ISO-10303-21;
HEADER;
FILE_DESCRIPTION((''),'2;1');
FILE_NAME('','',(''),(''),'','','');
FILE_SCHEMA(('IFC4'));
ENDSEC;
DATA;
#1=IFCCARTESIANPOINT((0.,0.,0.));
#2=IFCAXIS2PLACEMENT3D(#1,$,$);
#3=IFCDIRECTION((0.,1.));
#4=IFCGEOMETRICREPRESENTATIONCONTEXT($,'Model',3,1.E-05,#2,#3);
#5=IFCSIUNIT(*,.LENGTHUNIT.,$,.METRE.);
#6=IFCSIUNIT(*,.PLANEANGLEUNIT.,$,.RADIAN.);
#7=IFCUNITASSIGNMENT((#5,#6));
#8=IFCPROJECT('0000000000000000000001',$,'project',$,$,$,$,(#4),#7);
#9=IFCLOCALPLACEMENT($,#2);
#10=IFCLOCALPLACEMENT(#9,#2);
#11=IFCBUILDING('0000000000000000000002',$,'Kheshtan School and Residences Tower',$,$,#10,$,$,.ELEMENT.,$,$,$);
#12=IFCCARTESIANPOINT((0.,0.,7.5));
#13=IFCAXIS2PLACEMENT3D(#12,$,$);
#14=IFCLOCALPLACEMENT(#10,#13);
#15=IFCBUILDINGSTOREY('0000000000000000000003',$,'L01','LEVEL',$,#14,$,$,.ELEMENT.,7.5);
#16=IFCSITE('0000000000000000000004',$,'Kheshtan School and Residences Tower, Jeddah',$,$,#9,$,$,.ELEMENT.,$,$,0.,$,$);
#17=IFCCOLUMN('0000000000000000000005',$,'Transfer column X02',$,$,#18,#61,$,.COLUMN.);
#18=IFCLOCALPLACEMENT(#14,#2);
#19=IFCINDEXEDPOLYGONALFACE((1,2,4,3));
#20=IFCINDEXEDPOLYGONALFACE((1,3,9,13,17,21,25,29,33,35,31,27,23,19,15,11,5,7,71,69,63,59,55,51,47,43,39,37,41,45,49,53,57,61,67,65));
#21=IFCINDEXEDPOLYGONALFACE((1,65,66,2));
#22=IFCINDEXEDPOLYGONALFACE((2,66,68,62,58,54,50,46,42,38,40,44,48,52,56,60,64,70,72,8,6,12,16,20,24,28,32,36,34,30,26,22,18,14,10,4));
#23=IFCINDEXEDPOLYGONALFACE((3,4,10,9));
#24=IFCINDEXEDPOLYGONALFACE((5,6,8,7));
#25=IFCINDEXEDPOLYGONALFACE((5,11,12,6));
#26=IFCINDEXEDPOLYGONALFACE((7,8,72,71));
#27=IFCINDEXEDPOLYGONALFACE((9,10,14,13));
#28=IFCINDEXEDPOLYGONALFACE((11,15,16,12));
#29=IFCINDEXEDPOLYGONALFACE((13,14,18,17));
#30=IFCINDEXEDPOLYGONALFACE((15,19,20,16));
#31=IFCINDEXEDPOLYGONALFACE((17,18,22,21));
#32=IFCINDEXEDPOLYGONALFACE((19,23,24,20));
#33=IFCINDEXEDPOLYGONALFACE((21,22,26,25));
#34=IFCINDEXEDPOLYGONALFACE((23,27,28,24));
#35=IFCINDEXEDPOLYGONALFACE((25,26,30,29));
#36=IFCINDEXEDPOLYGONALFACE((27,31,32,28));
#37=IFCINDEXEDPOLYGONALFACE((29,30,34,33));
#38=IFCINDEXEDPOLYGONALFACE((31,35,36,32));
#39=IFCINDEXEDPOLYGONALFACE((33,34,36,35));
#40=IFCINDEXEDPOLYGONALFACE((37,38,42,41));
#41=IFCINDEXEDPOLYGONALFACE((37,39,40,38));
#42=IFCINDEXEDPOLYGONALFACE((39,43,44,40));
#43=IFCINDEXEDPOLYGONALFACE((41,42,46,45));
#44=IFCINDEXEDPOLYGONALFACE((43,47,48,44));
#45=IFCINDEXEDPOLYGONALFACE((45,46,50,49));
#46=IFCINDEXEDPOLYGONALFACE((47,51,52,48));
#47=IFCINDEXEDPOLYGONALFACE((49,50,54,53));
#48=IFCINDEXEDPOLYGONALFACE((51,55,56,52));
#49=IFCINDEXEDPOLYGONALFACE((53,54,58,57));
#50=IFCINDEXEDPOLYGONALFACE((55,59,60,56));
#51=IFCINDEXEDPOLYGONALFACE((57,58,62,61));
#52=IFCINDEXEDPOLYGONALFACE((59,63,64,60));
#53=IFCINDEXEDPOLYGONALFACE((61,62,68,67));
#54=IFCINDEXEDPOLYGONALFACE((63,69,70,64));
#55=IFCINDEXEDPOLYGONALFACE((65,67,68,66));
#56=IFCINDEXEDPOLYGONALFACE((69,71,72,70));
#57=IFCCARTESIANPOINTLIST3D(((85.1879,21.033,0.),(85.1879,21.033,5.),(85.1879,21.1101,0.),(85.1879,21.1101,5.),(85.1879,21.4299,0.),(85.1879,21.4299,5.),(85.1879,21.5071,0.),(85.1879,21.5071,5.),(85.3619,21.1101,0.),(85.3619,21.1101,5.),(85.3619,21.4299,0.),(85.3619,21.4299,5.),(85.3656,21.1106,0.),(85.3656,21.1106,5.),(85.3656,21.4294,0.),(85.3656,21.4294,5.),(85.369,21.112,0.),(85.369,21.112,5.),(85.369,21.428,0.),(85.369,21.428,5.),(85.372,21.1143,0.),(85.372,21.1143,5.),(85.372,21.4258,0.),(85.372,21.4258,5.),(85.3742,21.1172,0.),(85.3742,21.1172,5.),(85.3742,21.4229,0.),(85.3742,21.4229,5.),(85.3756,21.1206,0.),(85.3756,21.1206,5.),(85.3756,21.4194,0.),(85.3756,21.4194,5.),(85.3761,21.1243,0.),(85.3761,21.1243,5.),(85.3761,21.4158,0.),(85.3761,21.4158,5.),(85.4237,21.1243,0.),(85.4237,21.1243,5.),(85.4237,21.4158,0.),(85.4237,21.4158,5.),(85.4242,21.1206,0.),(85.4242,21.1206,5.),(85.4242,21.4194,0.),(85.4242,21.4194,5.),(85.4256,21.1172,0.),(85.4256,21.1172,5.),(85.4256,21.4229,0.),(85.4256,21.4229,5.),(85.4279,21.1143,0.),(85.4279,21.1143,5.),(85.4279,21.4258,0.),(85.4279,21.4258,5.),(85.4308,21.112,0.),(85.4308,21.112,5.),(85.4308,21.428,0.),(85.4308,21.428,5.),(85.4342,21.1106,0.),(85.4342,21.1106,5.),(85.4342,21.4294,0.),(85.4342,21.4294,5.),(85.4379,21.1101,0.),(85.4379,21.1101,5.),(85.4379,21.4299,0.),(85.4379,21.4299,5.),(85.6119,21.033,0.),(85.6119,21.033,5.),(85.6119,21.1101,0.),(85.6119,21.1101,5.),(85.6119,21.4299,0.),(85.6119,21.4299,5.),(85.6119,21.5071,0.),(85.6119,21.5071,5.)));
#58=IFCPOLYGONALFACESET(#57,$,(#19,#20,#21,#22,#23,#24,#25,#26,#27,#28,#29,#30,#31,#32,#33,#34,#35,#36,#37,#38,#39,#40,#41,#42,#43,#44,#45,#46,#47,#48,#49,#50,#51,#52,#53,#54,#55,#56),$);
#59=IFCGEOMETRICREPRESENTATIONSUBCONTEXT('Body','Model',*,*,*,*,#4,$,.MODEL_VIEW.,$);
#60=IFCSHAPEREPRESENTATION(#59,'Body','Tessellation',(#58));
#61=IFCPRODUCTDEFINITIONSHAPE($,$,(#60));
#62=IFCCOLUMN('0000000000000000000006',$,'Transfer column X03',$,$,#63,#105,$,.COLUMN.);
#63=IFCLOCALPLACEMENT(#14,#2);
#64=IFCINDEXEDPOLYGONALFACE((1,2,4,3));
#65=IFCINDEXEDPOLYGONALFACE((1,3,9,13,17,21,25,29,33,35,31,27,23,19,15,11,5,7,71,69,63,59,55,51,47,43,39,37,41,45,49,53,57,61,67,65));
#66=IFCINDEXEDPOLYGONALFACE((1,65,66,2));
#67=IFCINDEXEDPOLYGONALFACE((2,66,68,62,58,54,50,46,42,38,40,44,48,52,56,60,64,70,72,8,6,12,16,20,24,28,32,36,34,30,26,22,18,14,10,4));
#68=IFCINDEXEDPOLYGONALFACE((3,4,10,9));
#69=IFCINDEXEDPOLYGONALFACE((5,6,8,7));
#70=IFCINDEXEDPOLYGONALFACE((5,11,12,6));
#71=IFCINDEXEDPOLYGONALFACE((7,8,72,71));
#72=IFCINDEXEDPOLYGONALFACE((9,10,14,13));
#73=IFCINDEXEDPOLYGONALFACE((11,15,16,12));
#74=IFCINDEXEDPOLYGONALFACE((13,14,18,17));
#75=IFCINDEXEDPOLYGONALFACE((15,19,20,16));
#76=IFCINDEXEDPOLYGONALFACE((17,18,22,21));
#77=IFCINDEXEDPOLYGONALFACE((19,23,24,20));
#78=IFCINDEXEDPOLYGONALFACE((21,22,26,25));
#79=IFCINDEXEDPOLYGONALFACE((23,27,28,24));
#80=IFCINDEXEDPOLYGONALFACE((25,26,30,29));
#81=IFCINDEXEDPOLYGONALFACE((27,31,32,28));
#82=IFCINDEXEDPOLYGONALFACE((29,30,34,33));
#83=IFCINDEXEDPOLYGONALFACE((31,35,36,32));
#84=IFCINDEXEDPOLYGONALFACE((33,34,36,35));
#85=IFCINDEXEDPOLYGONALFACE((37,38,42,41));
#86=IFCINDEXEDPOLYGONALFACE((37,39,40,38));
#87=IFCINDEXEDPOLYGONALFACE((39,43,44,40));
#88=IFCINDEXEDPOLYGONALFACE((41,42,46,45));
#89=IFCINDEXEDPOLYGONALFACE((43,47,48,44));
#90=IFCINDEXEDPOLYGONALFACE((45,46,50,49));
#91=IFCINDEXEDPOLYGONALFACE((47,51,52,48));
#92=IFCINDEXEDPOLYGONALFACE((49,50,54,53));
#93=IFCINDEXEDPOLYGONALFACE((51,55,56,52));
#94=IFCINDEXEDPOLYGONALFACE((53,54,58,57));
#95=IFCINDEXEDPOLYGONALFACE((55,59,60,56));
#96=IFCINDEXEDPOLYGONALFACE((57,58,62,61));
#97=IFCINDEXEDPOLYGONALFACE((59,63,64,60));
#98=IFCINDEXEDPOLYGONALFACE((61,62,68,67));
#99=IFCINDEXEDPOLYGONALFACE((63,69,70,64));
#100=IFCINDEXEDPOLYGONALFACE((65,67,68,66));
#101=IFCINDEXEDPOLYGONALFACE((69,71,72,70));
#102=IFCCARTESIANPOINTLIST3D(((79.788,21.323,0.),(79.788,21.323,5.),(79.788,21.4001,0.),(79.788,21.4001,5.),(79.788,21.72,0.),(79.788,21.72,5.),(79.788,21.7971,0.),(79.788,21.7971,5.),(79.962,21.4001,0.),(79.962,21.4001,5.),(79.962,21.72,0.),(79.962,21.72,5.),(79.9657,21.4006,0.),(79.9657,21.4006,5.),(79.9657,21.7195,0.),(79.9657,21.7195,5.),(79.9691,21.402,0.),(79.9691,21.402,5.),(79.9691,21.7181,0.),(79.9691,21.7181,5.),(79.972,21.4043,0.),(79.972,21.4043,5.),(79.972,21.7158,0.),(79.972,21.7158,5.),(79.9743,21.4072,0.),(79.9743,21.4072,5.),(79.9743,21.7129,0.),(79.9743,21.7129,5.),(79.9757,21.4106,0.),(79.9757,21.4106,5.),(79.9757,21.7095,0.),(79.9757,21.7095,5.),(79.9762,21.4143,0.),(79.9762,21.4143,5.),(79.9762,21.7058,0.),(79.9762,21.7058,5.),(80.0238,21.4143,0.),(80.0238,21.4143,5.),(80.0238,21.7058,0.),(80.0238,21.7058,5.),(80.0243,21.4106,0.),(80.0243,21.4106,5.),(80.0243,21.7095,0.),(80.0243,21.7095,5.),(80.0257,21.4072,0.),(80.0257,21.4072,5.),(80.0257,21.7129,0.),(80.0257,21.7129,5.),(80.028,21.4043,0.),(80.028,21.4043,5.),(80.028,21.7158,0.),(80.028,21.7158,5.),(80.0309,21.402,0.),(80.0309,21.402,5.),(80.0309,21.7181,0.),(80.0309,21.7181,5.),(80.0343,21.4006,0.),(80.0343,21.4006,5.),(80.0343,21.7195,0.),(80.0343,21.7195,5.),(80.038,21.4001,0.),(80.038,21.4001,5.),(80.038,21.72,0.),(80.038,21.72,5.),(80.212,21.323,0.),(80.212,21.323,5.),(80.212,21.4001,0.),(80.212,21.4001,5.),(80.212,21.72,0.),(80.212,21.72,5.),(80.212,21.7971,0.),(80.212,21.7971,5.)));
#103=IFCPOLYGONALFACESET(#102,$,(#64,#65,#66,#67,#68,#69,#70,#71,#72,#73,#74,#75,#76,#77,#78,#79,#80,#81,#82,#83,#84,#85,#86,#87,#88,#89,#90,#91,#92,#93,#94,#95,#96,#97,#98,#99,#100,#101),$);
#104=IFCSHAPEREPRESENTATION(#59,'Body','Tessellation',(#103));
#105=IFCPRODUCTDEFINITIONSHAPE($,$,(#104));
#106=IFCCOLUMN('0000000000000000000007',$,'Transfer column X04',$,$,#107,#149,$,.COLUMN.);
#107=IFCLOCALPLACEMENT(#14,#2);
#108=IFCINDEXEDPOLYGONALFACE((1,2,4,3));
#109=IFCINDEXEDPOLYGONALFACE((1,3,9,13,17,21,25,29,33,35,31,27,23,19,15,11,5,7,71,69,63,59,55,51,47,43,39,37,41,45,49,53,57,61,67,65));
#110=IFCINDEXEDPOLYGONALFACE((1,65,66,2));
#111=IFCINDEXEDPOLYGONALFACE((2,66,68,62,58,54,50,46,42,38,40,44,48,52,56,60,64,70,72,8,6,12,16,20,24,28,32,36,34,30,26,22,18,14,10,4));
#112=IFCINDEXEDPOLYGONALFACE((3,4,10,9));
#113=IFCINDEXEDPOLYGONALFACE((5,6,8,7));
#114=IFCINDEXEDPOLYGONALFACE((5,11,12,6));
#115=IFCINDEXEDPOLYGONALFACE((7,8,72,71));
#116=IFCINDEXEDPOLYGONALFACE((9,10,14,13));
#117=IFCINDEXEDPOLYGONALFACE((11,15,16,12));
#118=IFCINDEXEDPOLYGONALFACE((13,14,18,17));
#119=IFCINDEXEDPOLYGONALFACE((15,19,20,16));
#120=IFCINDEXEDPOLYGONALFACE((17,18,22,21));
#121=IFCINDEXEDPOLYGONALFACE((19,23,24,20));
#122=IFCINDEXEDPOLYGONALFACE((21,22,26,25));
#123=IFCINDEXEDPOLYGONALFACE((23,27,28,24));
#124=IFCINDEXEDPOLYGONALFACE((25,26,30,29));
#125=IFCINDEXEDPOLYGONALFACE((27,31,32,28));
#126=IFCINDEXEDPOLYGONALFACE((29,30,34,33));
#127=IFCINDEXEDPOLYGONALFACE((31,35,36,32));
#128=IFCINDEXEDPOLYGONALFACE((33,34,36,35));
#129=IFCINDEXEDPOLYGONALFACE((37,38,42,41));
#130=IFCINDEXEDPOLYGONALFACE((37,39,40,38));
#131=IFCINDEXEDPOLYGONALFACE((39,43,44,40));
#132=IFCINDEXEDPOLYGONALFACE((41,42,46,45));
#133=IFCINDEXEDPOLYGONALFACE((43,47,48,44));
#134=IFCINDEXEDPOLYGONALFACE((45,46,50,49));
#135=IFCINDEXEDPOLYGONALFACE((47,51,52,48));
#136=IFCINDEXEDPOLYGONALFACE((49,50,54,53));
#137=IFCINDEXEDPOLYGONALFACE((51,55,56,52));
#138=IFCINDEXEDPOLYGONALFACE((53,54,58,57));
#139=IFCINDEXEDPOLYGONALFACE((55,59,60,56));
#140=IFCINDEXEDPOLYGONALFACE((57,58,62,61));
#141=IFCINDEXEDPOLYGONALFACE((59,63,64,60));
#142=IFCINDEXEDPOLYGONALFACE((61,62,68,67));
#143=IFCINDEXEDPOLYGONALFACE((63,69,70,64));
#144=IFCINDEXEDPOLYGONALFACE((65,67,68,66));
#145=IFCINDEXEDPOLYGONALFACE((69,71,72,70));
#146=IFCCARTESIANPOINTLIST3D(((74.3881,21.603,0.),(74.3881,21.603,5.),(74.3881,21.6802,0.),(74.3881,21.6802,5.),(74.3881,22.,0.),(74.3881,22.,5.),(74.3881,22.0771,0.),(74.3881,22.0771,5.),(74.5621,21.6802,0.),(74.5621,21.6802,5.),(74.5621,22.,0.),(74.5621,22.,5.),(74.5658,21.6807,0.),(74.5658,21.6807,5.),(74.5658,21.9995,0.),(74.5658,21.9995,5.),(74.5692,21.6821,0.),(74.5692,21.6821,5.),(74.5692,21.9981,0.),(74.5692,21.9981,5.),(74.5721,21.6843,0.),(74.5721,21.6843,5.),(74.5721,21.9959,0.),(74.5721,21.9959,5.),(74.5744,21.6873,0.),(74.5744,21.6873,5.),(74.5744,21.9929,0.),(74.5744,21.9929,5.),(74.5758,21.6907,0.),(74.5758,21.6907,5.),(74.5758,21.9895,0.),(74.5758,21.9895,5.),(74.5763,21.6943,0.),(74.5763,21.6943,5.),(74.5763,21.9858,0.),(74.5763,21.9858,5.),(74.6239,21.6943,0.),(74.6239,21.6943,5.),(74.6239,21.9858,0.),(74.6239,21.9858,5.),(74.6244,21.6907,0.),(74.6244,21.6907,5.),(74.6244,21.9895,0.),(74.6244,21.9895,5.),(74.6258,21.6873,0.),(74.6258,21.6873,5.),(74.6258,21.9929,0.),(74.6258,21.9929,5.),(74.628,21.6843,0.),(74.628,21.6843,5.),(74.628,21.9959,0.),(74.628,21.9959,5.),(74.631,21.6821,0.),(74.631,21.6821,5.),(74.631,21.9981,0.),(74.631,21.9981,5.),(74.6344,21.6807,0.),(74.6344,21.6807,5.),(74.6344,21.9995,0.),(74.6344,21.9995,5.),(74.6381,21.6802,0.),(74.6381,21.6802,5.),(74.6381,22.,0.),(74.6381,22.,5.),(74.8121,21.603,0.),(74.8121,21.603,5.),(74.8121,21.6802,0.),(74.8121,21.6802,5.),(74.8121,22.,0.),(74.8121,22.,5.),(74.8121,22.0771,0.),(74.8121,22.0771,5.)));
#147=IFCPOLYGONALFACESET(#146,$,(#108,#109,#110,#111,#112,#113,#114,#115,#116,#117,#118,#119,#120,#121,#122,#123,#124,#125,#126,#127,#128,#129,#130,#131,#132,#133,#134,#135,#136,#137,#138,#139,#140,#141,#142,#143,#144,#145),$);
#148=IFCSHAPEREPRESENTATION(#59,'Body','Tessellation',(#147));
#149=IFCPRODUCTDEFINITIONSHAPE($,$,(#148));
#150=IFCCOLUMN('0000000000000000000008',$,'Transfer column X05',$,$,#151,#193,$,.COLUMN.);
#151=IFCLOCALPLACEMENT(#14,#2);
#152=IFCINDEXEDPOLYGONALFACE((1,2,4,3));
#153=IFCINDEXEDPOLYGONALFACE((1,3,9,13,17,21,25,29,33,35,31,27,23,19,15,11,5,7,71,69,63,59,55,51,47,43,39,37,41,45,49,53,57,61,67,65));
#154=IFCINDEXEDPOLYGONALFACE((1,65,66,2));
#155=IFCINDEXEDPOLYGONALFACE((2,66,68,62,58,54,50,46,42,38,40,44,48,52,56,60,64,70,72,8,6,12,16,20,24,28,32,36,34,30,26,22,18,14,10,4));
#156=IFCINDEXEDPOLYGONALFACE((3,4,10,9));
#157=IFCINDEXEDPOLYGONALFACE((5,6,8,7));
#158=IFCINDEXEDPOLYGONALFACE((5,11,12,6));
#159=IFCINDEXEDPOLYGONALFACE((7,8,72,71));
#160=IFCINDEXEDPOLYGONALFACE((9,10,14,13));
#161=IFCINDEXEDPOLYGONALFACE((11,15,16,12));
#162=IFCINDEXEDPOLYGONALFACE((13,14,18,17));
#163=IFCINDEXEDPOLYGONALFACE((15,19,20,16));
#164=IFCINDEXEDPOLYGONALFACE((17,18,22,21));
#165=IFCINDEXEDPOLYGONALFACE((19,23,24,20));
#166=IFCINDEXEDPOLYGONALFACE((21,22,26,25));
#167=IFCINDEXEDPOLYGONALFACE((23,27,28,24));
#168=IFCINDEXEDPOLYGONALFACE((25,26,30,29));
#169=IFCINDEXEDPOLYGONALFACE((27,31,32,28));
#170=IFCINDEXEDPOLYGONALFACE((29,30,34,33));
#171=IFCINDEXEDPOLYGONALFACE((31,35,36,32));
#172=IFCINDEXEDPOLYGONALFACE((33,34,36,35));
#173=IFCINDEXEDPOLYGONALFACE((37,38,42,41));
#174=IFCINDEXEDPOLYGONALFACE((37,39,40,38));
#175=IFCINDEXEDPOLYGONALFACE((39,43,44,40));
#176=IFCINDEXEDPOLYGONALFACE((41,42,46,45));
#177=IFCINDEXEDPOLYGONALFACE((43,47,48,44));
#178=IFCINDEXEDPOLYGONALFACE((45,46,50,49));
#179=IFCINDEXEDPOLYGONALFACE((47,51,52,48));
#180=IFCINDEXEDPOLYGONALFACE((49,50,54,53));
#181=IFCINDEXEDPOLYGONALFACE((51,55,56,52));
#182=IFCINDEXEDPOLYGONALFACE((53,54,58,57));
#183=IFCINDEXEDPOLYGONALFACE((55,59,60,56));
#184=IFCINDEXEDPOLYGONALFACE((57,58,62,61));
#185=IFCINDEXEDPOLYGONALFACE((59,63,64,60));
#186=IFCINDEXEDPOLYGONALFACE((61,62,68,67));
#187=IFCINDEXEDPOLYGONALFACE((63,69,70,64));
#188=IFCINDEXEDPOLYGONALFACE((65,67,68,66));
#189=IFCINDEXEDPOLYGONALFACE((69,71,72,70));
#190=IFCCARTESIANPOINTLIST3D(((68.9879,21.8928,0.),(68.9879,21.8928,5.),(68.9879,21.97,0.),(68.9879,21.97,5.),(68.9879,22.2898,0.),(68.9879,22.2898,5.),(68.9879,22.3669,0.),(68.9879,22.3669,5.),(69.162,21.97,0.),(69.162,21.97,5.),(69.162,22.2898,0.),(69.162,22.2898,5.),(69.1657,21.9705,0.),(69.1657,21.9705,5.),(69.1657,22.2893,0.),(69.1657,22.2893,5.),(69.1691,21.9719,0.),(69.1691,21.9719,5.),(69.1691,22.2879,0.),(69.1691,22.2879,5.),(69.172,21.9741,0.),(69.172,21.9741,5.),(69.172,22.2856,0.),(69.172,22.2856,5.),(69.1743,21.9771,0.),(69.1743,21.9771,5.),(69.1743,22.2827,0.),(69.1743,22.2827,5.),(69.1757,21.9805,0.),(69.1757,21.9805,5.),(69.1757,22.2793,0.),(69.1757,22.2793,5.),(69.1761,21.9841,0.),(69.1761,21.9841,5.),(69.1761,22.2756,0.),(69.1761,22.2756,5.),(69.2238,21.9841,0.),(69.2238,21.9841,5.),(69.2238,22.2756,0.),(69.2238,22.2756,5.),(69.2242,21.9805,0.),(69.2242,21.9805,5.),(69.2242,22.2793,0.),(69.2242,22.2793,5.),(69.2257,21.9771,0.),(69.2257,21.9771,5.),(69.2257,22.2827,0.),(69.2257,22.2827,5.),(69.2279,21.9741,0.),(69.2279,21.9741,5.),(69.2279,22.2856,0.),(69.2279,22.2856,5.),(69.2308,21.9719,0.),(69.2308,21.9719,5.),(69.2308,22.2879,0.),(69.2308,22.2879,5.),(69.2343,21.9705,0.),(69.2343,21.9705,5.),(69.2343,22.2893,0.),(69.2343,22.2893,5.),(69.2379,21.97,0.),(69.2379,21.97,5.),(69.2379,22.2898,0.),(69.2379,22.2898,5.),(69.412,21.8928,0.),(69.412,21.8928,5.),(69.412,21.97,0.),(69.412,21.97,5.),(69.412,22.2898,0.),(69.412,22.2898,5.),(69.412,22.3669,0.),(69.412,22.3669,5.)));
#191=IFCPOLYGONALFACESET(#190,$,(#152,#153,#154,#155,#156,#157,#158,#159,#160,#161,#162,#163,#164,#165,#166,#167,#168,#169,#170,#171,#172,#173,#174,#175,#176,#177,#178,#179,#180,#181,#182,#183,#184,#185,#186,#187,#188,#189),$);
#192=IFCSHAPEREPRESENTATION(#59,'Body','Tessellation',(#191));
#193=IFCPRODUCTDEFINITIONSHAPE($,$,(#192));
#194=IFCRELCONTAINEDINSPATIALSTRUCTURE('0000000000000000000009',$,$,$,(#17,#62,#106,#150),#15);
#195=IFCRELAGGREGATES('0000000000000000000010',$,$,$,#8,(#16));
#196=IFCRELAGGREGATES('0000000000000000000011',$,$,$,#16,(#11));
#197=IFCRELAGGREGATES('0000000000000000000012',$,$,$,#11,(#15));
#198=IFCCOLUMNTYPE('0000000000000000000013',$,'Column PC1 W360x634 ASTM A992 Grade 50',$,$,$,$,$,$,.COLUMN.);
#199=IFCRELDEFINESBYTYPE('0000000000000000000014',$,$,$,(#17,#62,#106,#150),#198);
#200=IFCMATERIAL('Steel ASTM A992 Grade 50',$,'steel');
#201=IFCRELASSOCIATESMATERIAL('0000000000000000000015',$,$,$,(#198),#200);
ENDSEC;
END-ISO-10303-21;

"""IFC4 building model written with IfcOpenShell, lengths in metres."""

from ifc_helpers import new_model, si_unit, direction, frame, origin, origin_2d, place, context, subcontext, project, spatial, i_section, extrude, material, material_profile, profile_set, type_object, element, save


model = new_model("IFC4")

# Units and contexts
model_context = context("Model", 3, precision=1e-05, world=origin(), true_north=direction((0.0, 1.0)))
body_context = subcontext(model_context, "Body", "Model", "MODEL_VIEW")
ifc_project = project(units=[si_unit("LENGTHUNIT", "METRE"), si_unit("PLANEANGLEUNIT", "RADIAN")], contexts=[model_context])

# Site, building, storey
site_placement = place(None, origin())
site = spatial("IfcSite", under=ifc_project, at=site_placement, Name="Kheshtan School and Residences Tower, Jeddah", CompositionType="ELEMENT", RefElevation=0.0)
building_placement = place(site_placement, origin())
building = spatial("IfcBuilding", under=site, at=building_placement, Name="Kheshtan School and Residences Tower", CompositionType="ELEMENT")
storey_placement = place(building_placement, frame((0.0, 0.0, 7.5)))
storey = spatial("IfcBuildingStorey", under=building, at=storey_placement, Name="L01", Description="LEVEL", CompositionType="ELEMENT", Elevation=7.5)

# Columns
ifc_material_1 = material(Name="Steel ASTM A992 Grade 50", Category="steel")
ifc_material_profile_1 = material_profile(ifc_material_1, i_section(OverallWidth=0.4241, OverallDepth=0.4741, WebThickness=0.0476, FlangeThickness=0.0771, FilletRadius=0.0142, at=origin_2d()), Name="W360x634")
ifc_profile_set_1 = profile_set([ifc_material_profile_1], Name="Steel ASTM A992 Grade 50")
column_type = type_object("IfcColumnType", Name="Column PC1 W360x634 ASTM A992 Grade 50", PredefinedType="COLUMN", material=ifc_profile_set_1)
for number, where, z_axis, x_axis, name in (
    (1, (85.3999, 21.27, 0.0), (0.0, 0.0, 1.0), (1.0, 0.0, 0.0), "Transfer column X02"),
    (2, (80.0, 21.5601, 0.0), (0.0, 0.0, 1.0), (1.0, 0.0, 0.0), "Transfer column X03"),
    (3, (74.6001, 21.8401, 0.0), (0.0, 0.0, 1.0), (1.0, 0.0, 0.0), "Transfer column X04"),
    (4, (69.2, 22.1299, 0.0), (0.0, 0.0, 1.0), (1.0, 0.0, 0.0), "Transfer column X05"),
):
    element("IfcColumn", number, at=place(storey_placement, frame(where, z_axis=z_axis, x_axis=x_axis)), inside=storey, type_object=column_type, Name=name, PredefinedType="COLUMN", context=body_context, shape_type="SweptSolid", body=[
        extrude(i_section(OverallWidth=0.4241, OverallDepth=0.4741, WebThickness=0.0476, FlangeThickness=0.0771, FilletRadius=0.0142, at=origin_2d()), origin(), (0.0, 0.0, 1.0), 5.0),
    ])

save(model, "model.ifc")
